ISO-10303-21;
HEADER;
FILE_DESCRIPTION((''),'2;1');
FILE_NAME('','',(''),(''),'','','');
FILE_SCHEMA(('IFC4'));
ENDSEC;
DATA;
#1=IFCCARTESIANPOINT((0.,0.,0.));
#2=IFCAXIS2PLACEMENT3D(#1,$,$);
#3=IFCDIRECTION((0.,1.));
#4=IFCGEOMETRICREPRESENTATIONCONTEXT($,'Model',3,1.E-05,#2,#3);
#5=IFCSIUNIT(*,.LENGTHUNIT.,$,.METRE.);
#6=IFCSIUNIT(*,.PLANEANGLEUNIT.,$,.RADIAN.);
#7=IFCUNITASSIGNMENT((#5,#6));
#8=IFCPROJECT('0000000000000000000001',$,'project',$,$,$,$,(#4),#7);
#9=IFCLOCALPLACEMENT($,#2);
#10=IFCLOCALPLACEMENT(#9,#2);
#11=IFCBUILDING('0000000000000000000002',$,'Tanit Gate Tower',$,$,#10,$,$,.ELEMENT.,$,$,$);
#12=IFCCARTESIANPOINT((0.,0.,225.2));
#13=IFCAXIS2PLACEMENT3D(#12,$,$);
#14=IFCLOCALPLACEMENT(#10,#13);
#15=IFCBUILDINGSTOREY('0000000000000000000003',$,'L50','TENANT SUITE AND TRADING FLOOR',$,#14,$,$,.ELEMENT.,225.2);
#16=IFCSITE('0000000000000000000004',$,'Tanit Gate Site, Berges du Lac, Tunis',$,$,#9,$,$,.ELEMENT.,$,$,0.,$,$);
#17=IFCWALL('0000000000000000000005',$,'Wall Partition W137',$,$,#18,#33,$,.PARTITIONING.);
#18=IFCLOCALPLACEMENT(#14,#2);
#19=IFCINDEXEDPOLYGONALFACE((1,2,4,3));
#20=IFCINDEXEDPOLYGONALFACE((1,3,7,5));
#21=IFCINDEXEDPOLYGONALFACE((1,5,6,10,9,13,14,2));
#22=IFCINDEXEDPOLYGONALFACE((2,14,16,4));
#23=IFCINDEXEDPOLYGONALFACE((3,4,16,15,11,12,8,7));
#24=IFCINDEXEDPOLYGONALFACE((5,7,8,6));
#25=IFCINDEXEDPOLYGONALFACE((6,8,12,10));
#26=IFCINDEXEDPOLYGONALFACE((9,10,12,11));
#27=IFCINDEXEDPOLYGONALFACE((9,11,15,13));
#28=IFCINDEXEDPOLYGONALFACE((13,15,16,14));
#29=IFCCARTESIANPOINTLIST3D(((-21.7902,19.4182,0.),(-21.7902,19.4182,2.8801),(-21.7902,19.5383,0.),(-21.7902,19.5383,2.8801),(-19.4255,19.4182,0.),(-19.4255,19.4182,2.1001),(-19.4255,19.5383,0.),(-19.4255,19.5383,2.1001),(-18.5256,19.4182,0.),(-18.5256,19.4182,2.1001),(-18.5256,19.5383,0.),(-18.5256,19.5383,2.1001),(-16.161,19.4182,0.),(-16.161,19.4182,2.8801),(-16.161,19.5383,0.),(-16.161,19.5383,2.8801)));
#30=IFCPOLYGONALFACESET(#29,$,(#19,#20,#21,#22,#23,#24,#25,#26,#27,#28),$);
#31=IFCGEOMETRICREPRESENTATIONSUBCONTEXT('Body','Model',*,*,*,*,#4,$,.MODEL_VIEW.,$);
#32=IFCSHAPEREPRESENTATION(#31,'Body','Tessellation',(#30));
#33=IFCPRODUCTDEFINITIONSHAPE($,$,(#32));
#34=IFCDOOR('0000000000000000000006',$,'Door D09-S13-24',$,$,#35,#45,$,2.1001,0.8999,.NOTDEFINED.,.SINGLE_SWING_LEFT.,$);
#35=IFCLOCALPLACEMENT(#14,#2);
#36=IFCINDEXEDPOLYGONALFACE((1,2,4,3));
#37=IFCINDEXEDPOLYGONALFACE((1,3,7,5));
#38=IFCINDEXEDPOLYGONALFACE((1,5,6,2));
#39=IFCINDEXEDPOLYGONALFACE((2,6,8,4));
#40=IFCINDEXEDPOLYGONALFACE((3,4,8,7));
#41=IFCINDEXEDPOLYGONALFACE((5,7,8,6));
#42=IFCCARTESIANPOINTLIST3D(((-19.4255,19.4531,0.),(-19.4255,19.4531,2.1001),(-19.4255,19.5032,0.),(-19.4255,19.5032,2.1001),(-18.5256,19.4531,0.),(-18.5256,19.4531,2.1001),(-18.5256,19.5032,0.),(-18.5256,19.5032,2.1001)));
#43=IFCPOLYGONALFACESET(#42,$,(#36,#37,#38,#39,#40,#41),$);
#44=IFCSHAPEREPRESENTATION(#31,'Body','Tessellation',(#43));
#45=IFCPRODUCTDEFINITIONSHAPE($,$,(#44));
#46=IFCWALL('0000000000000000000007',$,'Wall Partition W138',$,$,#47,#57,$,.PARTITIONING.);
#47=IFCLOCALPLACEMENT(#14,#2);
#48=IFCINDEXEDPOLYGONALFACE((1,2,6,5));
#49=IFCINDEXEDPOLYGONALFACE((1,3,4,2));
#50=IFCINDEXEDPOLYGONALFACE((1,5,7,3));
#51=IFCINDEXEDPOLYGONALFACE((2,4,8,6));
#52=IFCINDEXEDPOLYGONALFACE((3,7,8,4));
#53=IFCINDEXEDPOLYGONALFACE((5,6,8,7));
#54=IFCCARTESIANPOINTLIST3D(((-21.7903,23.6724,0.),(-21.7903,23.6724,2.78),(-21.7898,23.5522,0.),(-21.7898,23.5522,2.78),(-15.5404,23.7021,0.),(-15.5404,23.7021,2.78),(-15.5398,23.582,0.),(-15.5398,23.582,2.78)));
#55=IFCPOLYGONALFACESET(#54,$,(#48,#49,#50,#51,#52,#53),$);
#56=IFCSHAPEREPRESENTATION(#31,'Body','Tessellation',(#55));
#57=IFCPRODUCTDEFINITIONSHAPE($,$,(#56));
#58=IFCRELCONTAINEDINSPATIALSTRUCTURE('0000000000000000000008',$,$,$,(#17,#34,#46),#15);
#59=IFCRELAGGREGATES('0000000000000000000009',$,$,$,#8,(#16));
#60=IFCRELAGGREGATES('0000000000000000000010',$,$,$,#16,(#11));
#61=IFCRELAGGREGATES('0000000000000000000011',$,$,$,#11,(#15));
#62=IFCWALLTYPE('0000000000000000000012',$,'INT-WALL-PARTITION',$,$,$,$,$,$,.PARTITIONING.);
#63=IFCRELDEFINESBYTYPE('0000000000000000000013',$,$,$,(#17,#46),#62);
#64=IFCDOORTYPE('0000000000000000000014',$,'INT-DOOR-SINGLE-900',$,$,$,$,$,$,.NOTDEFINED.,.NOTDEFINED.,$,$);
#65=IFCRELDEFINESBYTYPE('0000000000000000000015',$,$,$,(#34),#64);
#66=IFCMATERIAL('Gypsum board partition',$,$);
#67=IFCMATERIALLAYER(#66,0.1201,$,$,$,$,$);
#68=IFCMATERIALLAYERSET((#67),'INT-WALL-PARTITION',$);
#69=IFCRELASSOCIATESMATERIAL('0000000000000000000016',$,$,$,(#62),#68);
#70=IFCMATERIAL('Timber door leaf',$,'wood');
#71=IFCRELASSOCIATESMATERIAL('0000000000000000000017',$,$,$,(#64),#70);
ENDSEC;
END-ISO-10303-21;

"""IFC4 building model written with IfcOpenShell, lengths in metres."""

from ifc_helpers import new_model, si_unit, direction, frame, frame_2d, origin, place, context, subcontext, project, spatial, rectangle, extrude, material, layer, layer_set, type_object, element, fill, save


model = new_model("IFC4")

# Units and contexts
model_context = context("Model", 3, precision=1e-05, world=origin(), true_north=direction((0.0, 1.0)))
body_context = subcontext(model_context, "Body", "Model", "MODEL_VIEW")
ifc_project = project(units=[si_unit("LENGTHUNIT", "METRE"), si_unit("PLANEANGLEUNIT", "RADIAN")], contexts=[model_context])

# Site, building, storey
site_placement = place(None, origin())
site = spatial("IfcSite", under=ifc_project, at=site_placement, Name="Tanit Gate Site, Berges du Lac, Tunis", CompositionType="ELEMENT", RefElevation=0.0)
building_placement = place(site_placement, origin())
building = spatial("IfcBuilding", under=site, at=building_placement, Name="Tanit Gate Tower", CompositionType="ELEMENT")
storey_placement = place(building_placement, frame((0.0, 0.0, 225.2)))
storey = spatial("IfcBuildingStorey", under=building, at=storey_placement, Name="L50", Description="TENANT SUITE AND TRADING FLOOR", CompositionType="ELEMENT", Elevation=225.2)

# Wall, opening, door
ifc_material_1 = material(Name="Gypsum board partition")
ifc_layer_1 = layer(ifc_material_1, 0.1201)
ifc_layer_set_1 = layer_set([ifc_layer_1], Name="INT-WALL-PARTITION")
wall_type_1 = type_object("IfcWallType", Name="INT-WALL-PARTITION", PredefinedType="PARTITIONING", material=ifc_layer_set_1)
wall_1_placement = place(storey_placement, frame((-21.79, 19.4783, 0.0), z_axis=(0.0, 0.0, 1.0), x_axis=(1.0, 0.0, 0.0)))
wall_1 = element("IfcWall", 1, at=wall_1_placement, inside=storey, type_object=wall_type_1, Name="Wall Partition W137", PredefinedType="PARTITIONING", context=body_context, shape_type="SweptSolid", body=[
    extrude(rectangle(XDim=5.6292, YDim=0.1201, at=frame_2d((2.8145, 0.0))), origin(), (0.0, 0.0, 1.0), 2.8801),
])
opening_placement = place(wall_1_placement, frame((2.3645, 0.0, 0.0)))
opening = element("IfcOpeningElement", 2, at=opening_placement, cuts=wall_1, PredefinedType="OPENING", context=body_context, shape_type="SweptSolid", body=[
    extrude(rectangle(XDim=0.8999, YDim=2.1001, at=frame_2d((0.45, 1.05))), frame((0.0, 0.0701, 0.0), z_axis=(0.0, -1.0, 0.0), x_axis=(1.0, 0.0, 0.0)), (0.0, 0.0, 1.0), 0.1401),
])
ifc_material_2 = material(Name="Timber door leaf", Category="wood")
door_type = type_object("IfcDoorType", Name="INT-DOOR-SINGLE-900", OperationType="NOTDEFINED", PredefinedType="NOTDEFINED", material=ifc_material_2)
door_placement = place(opening_placement, origin())
door = element("IfcDoor", 3, at=door_placement, inside=storey, type_object=door_type, Name="Door D09-S13-24", OperationType="SINGLE_SWING_LEFT", OverallHeight=2.1001, OverallWidth=0.8999, PredefinedType="NOTDEFINED", context=body_context, shape_type="SweptSolid", body=[
    extrude(rectangle(XDim=0.8999, YDim=2.1001, at=frame_2d((0.45, 1.05))), frame((0.0, 0.0249, 0.0), z_axis=(0.0, -1.0, 0.0), x_axis=(1.0, 0.0, 0.0)), (0.0, 0.0, 1.0), 0.05),
])
fill(opening, door)

# Wall
wall_2_placement = place(storey_placement, frame((-21.79, 23.6123, 0.0), z_axis=(0.0, 0.0, 1.0), x_axis=(0.999989, 0.004766, 0.0)))
element("IfcWall", 4, at=wall_2_placement, inside=storey, type_object=wall_type_1, Name="Wall Partition W138", PredefinedType="PARTITIONING", context=body_context, shape_type="SweptSolid", body=[
    extrude(rectangle(XDim=6.25, YDim=0.1201, at=frame_2d((3.125, 0.0))), origin(), (0.0, 0.0, 1.0), 2.78),
])

save(model, "model.ifc")
